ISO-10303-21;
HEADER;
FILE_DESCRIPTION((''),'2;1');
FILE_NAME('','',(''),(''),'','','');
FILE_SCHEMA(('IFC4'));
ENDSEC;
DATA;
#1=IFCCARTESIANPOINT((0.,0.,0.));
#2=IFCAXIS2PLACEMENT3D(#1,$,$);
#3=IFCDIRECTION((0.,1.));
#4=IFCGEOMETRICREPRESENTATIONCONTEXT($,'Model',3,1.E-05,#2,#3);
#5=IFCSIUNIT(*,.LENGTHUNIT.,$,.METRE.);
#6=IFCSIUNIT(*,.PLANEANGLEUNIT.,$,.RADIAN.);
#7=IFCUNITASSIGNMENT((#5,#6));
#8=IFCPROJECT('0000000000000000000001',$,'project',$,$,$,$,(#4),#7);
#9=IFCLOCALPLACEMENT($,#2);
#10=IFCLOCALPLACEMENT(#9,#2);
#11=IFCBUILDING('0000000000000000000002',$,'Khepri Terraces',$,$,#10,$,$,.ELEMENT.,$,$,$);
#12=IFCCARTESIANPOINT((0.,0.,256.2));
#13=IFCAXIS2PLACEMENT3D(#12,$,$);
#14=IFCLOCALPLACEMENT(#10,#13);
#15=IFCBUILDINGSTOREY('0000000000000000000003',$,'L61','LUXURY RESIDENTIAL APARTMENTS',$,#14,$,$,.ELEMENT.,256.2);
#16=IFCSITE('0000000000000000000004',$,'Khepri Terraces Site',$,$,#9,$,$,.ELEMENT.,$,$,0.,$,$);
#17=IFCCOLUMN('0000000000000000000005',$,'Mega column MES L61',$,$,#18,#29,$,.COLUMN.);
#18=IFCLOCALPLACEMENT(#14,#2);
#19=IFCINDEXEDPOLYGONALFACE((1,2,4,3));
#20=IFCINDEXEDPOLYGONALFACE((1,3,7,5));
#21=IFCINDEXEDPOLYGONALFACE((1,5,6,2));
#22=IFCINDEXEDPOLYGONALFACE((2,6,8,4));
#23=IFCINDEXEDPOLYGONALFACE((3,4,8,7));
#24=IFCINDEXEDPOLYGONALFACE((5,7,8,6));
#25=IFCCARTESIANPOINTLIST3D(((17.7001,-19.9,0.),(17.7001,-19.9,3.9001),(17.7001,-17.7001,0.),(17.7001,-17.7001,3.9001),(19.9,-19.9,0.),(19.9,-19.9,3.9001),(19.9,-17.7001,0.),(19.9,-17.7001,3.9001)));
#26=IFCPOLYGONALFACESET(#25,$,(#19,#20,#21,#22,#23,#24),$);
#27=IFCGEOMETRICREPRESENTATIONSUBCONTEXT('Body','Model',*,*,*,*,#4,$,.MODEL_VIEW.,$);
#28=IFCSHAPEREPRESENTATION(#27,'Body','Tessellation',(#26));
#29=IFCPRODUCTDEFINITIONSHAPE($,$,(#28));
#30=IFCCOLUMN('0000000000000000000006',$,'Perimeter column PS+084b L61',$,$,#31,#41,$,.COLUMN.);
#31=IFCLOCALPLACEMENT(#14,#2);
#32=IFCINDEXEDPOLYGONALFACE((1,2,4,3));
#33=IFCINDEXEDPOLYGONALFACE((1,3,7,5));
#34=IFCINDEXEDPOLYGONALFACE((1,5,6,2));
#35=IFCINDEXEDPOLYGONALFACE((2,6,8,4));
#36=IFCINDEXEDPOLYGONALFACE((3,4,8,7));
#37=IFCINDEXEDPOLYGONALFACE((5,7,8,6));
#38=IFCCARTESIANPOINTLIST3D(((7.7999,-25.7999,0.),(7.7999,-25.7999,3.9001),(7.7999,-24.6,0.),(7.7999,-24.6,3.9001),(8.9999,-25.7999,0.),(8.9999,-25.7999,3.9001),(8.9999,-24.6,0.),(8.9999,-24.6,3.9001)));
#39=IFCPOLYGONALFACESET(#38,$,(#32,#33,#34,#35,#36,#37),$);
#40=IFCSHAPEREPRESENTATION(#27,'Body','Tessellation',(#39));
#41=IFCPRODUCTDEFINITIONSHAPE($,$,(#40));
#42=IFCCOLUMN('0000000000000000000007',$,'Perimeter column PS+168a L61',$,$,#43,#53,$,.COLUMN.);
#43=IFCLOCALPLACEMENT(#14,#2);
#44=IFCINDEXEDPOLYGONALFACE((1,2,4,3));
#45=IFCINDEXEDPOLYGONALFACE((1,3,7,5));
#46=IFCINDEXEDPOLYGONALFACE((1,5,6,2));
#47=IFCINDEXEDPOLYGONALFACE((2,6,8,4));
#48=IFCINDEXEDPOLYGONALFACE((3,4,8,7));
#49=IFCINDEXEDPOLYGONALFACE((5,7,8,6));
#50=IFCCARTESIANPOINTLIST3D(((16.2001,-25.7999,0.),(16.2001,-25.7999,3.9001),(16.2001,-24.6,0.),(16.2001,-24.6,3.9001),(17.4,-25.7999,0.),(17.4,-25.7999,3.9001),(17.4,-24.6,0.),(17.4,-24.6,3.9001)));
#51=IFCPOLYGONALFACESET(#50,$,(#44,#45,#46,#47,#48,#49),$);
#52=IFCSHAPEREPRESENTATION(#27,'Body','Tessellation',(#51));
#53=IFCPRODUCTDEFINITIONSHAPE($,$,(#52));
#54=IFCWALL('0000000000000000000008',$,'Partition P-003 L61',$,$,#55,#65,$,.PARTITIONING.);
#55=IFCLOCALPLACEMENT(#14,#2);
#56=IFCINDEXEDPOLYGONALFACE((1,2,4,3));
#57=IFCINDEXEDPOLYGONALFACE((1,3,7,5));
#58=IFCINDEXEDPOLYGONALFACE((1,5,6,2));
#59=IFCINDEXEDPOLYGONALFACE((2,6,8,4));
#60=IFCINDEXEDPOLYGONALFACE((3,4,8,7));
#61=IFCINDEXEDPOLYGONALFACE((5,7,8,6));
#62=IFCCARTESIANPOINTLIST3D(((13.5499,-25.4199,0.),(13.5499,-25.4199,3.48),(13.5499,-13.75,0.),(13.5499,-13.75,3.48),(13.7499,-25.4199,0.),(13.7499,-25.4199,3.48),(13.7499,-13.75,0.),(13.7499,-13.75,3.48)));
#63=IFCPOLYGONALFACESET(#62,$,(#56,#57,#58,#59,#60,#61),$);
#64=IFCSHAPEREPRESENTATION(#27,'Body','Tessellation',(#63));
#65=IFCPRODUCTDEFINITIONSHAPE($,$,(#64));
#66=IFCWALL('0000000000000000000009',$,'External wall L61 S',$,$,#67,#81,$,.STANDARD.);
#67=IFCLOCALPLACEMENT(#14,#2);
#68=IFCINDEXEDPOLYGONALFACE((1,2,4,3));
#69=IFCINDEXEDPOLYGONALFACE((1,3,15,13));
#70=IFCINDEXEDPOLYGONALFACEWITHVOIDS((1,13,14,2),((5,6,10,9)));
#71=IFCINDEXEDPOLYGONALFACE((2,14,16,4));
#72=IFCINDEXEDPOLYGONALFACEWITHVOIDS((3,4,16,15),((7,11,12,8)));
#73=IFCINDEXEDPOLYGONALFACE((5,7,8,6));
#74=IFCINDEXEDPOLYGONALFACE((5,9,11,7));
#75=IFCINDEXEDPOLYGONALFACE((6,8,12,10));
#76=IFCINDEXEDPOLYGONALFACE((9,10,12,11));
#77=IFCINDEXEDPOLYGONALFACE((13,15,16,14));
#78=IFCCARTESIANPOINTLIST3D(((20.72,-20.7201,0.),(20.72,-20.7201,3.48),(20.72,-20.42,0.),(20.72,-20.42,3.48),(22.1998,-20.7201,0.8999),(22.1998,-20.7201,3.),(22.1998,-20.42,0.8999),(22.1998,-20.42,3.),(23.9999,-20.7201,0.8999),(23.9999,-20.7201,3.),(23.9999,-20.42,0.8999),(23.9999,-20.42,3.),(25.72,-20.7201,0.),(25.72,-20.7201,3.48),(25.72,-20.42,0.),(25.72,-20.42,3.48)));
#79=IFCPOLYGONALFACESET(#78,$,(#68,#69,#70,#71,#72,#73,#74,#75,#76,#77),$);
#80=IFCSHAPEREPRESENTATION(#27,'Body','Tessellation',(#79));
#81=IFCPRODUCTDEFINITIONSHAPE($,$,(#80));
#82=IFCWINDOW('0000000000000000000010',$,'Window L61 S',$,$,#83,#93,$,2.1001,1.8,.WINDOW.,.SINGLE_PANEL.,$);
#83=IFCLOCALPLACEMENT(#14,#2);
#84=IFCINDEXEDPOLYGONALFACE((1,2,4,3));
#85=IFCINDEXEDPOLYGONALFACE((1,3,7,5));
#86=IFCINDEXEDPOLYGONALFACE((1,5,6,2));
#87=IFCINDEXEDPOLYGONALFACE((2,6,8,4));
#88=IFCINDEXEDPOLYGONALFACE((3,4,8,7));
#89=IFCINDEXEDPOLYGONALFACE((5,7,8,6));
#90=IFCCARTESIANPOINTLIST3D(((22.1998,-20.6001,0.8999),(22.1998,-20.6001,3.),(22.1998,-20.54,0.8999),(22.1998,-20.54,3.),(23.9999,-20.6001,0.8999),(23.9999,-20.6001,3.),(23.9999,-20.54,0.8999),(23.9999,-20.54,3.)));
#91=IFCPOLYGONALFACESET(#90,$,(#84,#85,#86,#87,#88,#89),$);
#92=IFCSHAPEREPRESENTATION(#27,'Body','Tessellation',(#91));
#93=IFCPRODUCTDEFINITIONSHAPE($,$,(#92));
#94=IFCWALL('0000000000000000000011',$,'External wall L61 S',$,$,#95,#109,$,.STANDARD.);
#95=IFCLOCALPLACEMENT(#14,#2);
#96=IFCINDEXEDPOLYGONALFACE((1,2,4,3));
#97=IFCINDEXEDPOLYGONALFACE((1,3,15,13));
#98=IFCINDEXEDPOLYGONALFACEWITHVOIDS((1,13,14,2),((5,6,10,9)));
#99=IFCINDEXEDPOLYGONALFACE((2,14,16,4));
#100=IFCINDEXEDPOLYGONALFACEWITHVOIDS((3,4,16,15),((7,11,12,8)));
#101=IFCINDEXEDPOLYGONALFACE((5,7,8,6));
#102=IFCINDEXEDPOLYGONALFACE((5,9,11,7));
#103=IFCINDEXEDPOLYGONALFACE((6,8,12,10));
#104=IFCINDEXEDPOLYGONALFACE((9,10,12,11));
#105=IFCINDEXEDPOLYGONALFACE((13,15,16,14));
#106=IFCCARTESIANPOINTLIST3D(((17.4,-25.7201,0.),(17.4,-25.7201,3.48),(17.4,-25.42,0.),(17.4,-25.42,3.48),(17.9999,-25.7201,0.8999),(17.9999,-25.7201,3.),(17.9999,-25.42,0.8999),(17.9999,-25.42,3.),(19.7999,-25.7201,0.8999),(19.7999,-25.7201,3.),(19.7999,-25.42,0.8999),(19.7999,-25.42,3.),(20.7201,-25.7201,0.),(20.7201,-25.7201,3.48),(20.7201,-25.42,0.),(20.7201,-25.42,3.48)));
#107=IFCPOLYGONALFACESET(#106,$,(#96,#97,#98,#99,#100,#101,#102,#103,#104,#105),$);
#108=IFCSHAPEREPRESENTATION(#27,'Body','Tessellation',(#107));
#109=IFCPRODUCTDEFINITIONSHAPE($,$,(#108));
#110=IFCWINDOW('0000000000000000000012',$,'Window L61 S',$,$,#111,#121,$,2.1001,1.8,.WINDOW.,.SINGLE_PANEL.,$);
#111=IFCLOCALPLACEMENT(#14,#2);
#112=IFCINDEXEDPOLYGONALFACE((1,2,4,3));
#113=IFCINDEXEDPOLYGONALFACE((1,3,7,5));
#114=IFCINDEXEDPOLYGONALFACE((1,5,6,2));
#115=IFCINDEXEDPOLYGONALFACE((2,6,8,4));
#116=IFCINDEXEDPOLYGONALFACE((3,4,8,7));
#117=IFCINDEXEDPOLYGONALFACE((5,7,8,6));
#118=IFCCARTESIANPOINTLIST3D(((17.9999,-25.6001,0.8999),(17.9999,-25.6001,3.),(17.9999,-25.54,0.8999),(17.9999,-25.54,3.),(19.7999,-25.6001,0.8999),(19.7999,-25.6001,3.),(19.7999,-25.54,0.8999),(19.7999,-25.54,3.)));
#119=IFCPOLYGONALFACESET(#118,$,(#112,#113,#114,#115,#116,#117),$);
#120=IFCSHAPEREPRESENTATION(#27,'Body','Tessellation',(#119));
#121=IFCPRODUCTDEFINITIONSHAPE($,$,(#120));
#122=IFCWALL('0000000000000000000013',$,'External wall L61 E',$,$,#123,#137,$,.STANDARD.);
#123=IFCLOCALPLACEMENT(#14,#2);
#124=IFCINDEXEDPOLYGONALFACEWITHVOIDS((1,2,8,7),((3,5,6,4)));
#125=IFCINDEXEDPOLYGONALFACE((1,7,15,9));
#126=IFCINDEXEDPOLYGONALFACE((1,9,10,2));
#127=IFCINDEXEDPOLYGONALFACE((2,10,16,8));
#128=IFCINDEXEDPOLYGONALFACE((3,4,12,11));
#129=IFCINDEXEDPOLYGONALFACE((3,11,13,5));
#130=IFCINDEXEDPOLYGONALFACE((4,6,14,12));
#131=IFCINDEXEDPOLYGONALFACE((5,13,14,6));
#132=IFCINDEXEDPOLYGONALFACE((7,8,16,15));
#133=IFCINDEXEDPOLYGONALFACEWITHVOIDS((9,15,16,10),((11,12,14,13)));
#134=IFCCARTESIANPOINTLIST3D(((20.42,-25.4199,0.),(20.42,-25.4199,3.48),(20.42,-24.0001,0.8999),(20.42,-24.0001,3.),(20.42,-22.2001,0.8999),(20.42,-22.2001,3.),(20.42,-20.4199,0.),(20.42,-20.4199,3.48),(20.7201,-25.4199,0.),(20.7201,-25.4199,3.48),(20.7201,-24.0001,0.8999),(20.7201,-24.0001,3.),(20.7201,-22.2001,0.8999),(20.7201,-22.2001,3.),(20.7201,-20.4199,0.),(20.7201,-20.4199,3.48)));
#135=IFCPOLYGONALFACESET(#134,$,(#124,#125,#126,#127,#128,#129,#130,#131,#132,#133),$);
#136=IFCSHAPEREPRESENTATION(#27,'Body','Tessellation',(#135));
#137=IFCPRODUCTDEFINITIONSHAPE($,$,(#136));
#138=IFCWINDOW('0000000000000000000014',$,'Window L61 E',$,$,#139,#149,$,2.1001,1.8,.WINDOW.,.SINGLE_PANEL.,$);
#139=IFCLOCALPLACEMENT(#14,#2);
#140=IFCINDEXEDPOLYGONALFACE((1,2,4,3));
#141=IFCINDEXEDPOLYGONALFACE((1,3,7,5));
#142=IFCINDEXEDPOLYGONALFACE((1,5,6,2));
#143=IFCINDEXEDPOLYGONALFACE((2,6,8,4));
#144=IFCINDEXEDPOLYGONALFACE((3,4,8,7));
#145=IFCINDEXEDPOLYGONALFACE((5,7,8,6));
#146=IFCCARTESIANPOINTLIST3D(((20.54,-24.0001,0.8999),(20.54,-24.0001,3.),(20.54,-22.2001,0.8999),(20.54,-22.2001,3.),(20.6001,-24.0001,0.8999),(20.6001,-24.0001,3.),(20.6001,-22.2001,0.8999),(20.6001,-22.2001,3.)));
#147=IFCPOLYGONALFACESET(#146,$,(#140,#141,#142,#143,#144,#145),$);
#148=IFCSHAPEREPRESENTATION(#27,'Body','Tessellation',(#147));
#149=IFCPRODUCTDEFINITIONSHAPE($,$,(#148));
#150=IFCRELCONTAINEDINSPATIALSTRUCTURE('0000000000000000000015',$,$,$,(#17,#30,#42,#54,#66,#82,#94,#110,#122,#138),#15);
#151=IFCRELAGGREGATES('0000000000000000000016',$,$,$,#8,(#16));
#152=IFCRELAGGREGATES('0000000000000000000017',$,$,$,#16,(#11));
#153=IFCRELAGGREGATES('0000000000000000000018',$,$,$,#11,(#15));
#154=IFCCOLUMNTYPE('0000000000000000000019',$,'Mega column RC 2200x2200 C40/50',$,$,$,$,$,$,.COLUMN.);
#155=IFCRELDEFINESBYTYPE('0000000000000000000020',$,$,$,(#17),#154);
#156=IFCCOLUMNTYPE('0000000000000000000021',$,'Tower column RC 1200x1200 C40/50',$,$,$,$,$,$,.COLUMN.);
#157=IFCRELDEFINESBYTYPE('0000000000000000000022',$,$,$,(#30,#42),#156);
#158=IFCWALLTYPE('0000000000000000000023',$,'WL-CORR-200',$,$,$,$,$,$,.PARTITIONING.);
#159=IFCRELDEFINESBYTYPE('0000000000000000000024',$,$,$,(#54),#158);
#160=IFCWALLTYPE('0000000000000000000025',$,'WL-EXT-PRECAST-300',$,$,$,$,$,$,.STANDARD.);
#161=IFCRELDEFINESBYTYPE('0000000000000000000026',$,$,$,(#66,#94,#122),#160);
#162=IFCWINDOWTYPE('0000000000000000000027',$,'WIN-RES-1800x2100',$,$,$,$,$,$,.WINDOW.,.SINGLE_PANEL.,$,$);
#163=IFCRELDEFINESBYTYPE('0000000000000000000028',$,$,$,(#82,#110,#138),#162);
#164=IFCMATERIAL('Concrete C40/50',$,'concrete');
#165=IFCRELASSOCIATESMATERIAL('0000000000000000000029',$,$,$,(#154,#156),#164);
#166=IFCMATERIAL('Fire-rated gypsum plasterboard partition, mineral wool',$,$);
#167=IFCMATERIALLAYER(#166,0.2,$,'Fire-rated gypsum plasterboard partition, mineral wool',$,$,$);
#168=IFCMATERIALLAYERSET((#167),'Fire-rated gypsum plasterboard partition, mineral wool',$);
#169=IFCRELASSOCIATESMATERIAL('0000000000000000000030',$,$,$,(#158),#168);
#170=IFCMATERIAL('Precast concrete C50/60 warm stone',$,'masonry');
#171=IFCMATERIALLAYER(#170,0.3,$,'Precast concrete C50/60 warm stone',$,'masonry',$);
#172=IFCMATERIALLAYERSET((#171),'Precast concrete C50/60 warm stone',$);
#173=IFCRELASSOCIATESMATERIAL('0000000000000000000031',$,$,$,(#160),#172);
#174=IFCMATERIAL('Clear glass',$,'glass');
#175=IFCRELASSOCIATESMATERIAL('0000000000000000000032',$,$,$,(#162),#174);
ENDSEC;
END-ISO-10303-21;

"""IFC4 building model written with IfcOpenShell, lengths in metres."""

from ifc_helpers import new_model, si_unit, direction, frame, frame_2d, origin, origin_2d, place, context, subcontext, project, spatial, rectangle, extrude, material, layer, layer_set, material_profile, profile_set, type_object, element, fill, save


model = new_model("IFC4")

# Units and contexts
model_context = context("Model", 3, precision=1e-05, world=origin(), true_north=direction((0.0, 1.0)))
body_context = subcontext(model_context, "Body", "Model", "MODEL_VIEW")
ifc_project = project(units=[si_unit("LENGTHUNIT", "METRE"), si_unit("PLANEANGLEUNIT", "RADIAN")], contexts=[model_context])

# Site, building, storey
site_placement = place(None, origin())
site = spatial("IfcSite", under=ifc_project, at=site_placement, Name="Khepri Terraces Site", CompositionType="ELEMENT", RefElevation=0.0)
building_placement = place(site_placement, origin())
building = spatial("IfcBuilding", under=site, at=building_placement, Name="Khepri Terraces", CompositionType="ELEMENT")
storey_placement = place(building_placement, frame((0.0, 0.0, 256.2)))
storey = spatial("IfcBuildingStorey", under=building, at=storey_placement, Name="L61", Description="LUXURY RESIDENTIAL APARTMENTS", CompositionType="ELEMENT", Elevation=256.2)

# Columns
ifc_material_1 = material(Name="Concrete C40/50", Category="concrete")
ifc_material_profile_1 = material_profile(ifc_material_1, rectangle(XDim=2.2, YDim=2.2, at=origin_2d()), Name="Concrete C40/50", Category="concrete")
ifc_profile_set_1 = profile_set([ifc_material_profile_1], Name="Concrete C40/50")
column_type_1 = type_object("IfcColumnType", Name="Mega column RC 2200x2200 C40/50", PredefinedType="COLUMN", material=ifc_profile_set_1)
column_placement = place(storey_placement, frame((18.8, -18.8, 0.0), z_axis=(0.0, 0.0, 1.0), x_axis=(1.0, 0.0, 0.0)))
element("IfcColumn", 1, at=column_placement, inside=storey, type_object=column_type_1, Name="Mega column MES L61", PredefinedType="COLUMN", context=body_context, shape_type="SweptSolid", body=[
    extrude(rectangle(XDim=2.2, YDim=2.2, at=origin_2d()), origin(), (0.0, 0.0, 1.0), 3.9001),
])
ifc_material_profile_2 = material_profile(ifc_material_1, rectangle(XDim=1.2, YDim=1.2, at=origin_2d()), Name="Concrete C40/50", Category="concrete")
ifc_profile_set_2 = profile_set([ifc_material_profile_2], Name="Concrete C40/50")
column_type_2 = type_object("IfcColumnType", Name="Tower column RC 1200x1200 C40/50", PredefinedType="COLUMN", material=ifc_profile_set_2)
for number, where, z_axis, x_axis, name in (
    (2, (8.3999, -25.2, 0.0), (0.0, 0.0, 1.0), (1.0, 0.0, 0.0), "Perimeter column PS+084b L61"),
    (3, (16.8, -25.2, 0.0), (0.0, 0.0, 1.0), (1.0, 0.0, 0.0), "Perimeter column PS+168a L61"),
):
    element("IfcColumn", number, at=place(storey_placement, frame(where, z_axis=z_axis, x_axis=x_axis)), inside=storey, type_object=column_type_2, Name=name, PredefinedType="COLUMN", context=body_context, shape_type="SweptSolid", body=[
        extrude(rectangle(XDim=1.2, YDim=1.2, at=origin_2d()), origin(), (0.0, 0.0, 1.0), 3.9001),
    ])

# Wall
ifc_material_2 = material(Name="Fire-rated gypsum plasterboard partition, mineral wool")
ifc_layer_1 = layer(ifc_material_2, 0.2, Name="Fire-rated gypsum plasterboard partition, mineral wool")
ifc_layer_set_1 = layer_set([ifc_layer_1], Name="Fire-rated gypsum plasterboard partition, mineral wool")
wall_type_1 = type_object("IfcWallType", Name="WL-CORR-200", PredefinedType="PARTITIONING", material=ifc_layer_set_1)
wall_1_placement = place(storey_placement, frame((13.6499, -25.4199, 0.0), z_axis=(0.0, 0.0, 1.0), x_axis=(0.0, 1.0, 0.0)))
element("IfcWall", 4, at=wall_1_placement, inside=storey, type_object=wall_type_1, Name="Partition P-003 L61", PredefinedType="PARTITIONING", context=body_context, shape_type="SweptSolid", body=[
    extrude(rectangle(XDim=11.6699, YDim=0.2, at=frame_2d((5.835, 0.0))), origin(), (0.0, 0.0, 1.0), 3.48),
])

# Wall, opening, window
ifc_material_3 = material(Name="Precast concrete C50/60 warm stone", Category="masonry")
ifc_layer_2 = layer(ifc_material_3, 0.3, Name="Precast concrete C50/60 warm stone", Category="masonry")
ifc_layer_set_2 = layer_set([ifc_layer_2], Name="Precast concrete C50/60 warm stone")
wall_type_2 = type_object("IfcWallType", Name="WL-EXT-PRECAST-300", PredefinedType="STANDARD", material=ifc_layer_set_2)
wall_2_placement = place(storey_placement, frame((20.72, -20.5701, 0.0), z_axis=(0.0, 0.0, 1.0), x_axis=(1.0, 0.0, 0.0)))
wall_2 = element("IfcWall", 5, at=wall_2_placement, inside=storey, type_object=wall_type_2, Name="External wall L61 S", PredefinedType="STANDARD", context=body_context, shape_type="SweptSolid", body=[
    extrude(rectangle(XDim=5.0, YDim=0.3, at=frame_2d((2.5, 0.0))), origin(), (0.0, 0.0, 1.0), 3.48),
])
opening_1_placement = place(wall_2_placement, frame((1.48, 0.0, 0.8999)))
opening_1 = element("IfcOpeningElement", 6, at=opening_1_placement, cuts=wall_2, PredefinedType="OPENING", context=body_context, shape_type="SweptSolid", body=[
    extrude(rectangle(XDim=1.8, YDim=2.1001, at=frame_2d((0.8999, 1.05))), frame((0.0, 0.1602, 0.0), z_axis=(0.0, -1.0, 0.0), x_axis=(1.0, 0.0, 0.0)), (0.0, 0.0, 1.0), 0.3201),
])
ifc_material_4 = material(Name="Clear glass", Category="glass")
window_type = type_object("IfcWindowType", Name="WIN-RES-1800x2100", PartitioningType="SINGLE_PANEL", PredefinedType="WINDOW", material=ifc_material_4)
window_1_placement = place(opening_1_placement, origin())
window_1 = element("IfcWindow", 7, at=window_1_placement, inside=storey, type_object=window_type, Name="Window L61 S", OverallHeight=2.1001, OverallWidth=1.8, PartitioningType="SINGLE_PANEL", PredefinedType="WINDOW", context=body_context, shape_type="SweptSolid", body=[
    extrude(rectangle(XDim=1.8, YDim=2.1001, at=frame_2d((0.8999, 1.05))), frame((0.0, 0.03, 0.0), z_axis=(0.0, -1.0, 0.0), x_axis=(1.0, 0.0, 0.0)), (0.0, 0.0, 1.0), 0.0601),
])
fill(opening_1, window_1)

# Walls, openings, windows
wall_3_placement = place(storey_placement, frame((17.3999, -25.5701, 0.0), z_axis=(0.0, 0.0, 1.0), x_axis=(1.0, 0.0, 0.0)))
wall_3 = element("IfcWall", 8, at=wall_3_placement, inside=storey, type_object=wall_type_2, Name="External wall L61 S", PredefinedType="STANDARD", context=body_context, shape_type="SweptSolid", body=[
    extrude(rectangle(XDim=3.3201, YDim=0.3, at=frame_2d((1.6602, 0.0))), origin(), (0.0, 0.0, 1.0), 3.48),
])
opening_2_placement = place(wall_3_placement, frame((0.6001, 0.0, 0.8999)))
opening_2 = element("IfcOpeningElement", 9, at=opening_2_placement, cuts=wall_3, PredefinedType="OPENING", context=body_context, shape_type="SweptSolid", body=[
    extrude(rectangle(XDim=1.8, YDim=2.1001, at=frame_2d((0.8999, 1.05))), frame((0.0, 0.1602, 0.0), z_axis=(0.0, -1.0, 0.0), x_axis=(1.0, 0.0, 0.0)), (0.0, 0.0, 1.0), 0.3201),
])
window_2_placement = place(opening_2_placement, origin())
window_2 = element("IfcWindow", 10, at=window_2_placement, inside=storey, type_object=window_type, Name="Window L61 S", OverallHeight=2.1001, OverallWidth=1.8, PartitioningType="SINGLE_PANEL", PredefinedType="WINDOW", context=body_context, shape_type="SweptSolid", body=[
    extrude(rectangle(XDim=1.8, YDim=2.1001, at=frame_2d((0.8999, 1.05))), frame((0.0, 0.03, 0.0), z_axis=(0.0, -1.0, 0.0), x_axis=(1.0, 0.0, 0.0)), (0.0, 0.0, 1.0), 0.0601),
])
fill(opening_2, window_2)
wall_4_placement = place(storey_placement, frame((20.5701, -25.4199, 0.0), z_axis=(0.0, 0.0, 1.0), x_axis=(0.0, 1.0, 0.0)))
wall_4 = element("IfcWall", 11, at=wall_4_placement, inside=storey, type_object=wall_type_2, Name="External wall L61 E", PredefinedType="STANDARD", context=body_context, shape_type="SweptSolid", body=[
    extrude(rectangle(XDim=5.0, YDim=0.3, at=frame_2d((2.5, 0.0))), origin(), (0.0, 0.0, 1.0), 3.48),
])
opening_3_placement = place(wall_4_placement, frame((1.4199, 0.0, 0.8999)))
opening_3 = element("IfcOpeningElement", 12, at=opening_3_placement, cuts=wall_4, PredefinedType="OPENING", context=body_context, shape_type="SweptSolid", body=[
    extrude(rectangle(XDim=1.8, YDim=2.1001, at=frame_2d((0.8999, 1.05))), frame((0.0, 0.1602, 0.0), z_axis=(0.0, -1.0, 0.0), x_axis=(1.0, 0.0, 0.0)), (0.0, 0.0, 1.0), 0.3201),
])
window_3_placement = place(opening_3_placement, origin())
window_3 = element("IfcWindow", 13, at=window_3_placement, inside=storey, type_object=window_type, Name="Window L61 E", OverallHeight=2.1001, OverallWidth=1.8, PartitioningType="SINGLE_PANEL", PredefinedType="WINDOW", context=body_context, shape_type="SweptSolid", body=[
    extrude(rectangle(XDim=1.8, YDim=2.1001, at=frame_2d((0.8999, 1.05))), frame((0.0, 0.03, 0.0), z_axis=(0.0, -1.0, 0.0), x_axis=(1.0, 0.0, 0.0)), (0.0, 0.0, 1.0), 0.0601),
])
fill(opening_3, window_3)

save(model, "model.ifc")
